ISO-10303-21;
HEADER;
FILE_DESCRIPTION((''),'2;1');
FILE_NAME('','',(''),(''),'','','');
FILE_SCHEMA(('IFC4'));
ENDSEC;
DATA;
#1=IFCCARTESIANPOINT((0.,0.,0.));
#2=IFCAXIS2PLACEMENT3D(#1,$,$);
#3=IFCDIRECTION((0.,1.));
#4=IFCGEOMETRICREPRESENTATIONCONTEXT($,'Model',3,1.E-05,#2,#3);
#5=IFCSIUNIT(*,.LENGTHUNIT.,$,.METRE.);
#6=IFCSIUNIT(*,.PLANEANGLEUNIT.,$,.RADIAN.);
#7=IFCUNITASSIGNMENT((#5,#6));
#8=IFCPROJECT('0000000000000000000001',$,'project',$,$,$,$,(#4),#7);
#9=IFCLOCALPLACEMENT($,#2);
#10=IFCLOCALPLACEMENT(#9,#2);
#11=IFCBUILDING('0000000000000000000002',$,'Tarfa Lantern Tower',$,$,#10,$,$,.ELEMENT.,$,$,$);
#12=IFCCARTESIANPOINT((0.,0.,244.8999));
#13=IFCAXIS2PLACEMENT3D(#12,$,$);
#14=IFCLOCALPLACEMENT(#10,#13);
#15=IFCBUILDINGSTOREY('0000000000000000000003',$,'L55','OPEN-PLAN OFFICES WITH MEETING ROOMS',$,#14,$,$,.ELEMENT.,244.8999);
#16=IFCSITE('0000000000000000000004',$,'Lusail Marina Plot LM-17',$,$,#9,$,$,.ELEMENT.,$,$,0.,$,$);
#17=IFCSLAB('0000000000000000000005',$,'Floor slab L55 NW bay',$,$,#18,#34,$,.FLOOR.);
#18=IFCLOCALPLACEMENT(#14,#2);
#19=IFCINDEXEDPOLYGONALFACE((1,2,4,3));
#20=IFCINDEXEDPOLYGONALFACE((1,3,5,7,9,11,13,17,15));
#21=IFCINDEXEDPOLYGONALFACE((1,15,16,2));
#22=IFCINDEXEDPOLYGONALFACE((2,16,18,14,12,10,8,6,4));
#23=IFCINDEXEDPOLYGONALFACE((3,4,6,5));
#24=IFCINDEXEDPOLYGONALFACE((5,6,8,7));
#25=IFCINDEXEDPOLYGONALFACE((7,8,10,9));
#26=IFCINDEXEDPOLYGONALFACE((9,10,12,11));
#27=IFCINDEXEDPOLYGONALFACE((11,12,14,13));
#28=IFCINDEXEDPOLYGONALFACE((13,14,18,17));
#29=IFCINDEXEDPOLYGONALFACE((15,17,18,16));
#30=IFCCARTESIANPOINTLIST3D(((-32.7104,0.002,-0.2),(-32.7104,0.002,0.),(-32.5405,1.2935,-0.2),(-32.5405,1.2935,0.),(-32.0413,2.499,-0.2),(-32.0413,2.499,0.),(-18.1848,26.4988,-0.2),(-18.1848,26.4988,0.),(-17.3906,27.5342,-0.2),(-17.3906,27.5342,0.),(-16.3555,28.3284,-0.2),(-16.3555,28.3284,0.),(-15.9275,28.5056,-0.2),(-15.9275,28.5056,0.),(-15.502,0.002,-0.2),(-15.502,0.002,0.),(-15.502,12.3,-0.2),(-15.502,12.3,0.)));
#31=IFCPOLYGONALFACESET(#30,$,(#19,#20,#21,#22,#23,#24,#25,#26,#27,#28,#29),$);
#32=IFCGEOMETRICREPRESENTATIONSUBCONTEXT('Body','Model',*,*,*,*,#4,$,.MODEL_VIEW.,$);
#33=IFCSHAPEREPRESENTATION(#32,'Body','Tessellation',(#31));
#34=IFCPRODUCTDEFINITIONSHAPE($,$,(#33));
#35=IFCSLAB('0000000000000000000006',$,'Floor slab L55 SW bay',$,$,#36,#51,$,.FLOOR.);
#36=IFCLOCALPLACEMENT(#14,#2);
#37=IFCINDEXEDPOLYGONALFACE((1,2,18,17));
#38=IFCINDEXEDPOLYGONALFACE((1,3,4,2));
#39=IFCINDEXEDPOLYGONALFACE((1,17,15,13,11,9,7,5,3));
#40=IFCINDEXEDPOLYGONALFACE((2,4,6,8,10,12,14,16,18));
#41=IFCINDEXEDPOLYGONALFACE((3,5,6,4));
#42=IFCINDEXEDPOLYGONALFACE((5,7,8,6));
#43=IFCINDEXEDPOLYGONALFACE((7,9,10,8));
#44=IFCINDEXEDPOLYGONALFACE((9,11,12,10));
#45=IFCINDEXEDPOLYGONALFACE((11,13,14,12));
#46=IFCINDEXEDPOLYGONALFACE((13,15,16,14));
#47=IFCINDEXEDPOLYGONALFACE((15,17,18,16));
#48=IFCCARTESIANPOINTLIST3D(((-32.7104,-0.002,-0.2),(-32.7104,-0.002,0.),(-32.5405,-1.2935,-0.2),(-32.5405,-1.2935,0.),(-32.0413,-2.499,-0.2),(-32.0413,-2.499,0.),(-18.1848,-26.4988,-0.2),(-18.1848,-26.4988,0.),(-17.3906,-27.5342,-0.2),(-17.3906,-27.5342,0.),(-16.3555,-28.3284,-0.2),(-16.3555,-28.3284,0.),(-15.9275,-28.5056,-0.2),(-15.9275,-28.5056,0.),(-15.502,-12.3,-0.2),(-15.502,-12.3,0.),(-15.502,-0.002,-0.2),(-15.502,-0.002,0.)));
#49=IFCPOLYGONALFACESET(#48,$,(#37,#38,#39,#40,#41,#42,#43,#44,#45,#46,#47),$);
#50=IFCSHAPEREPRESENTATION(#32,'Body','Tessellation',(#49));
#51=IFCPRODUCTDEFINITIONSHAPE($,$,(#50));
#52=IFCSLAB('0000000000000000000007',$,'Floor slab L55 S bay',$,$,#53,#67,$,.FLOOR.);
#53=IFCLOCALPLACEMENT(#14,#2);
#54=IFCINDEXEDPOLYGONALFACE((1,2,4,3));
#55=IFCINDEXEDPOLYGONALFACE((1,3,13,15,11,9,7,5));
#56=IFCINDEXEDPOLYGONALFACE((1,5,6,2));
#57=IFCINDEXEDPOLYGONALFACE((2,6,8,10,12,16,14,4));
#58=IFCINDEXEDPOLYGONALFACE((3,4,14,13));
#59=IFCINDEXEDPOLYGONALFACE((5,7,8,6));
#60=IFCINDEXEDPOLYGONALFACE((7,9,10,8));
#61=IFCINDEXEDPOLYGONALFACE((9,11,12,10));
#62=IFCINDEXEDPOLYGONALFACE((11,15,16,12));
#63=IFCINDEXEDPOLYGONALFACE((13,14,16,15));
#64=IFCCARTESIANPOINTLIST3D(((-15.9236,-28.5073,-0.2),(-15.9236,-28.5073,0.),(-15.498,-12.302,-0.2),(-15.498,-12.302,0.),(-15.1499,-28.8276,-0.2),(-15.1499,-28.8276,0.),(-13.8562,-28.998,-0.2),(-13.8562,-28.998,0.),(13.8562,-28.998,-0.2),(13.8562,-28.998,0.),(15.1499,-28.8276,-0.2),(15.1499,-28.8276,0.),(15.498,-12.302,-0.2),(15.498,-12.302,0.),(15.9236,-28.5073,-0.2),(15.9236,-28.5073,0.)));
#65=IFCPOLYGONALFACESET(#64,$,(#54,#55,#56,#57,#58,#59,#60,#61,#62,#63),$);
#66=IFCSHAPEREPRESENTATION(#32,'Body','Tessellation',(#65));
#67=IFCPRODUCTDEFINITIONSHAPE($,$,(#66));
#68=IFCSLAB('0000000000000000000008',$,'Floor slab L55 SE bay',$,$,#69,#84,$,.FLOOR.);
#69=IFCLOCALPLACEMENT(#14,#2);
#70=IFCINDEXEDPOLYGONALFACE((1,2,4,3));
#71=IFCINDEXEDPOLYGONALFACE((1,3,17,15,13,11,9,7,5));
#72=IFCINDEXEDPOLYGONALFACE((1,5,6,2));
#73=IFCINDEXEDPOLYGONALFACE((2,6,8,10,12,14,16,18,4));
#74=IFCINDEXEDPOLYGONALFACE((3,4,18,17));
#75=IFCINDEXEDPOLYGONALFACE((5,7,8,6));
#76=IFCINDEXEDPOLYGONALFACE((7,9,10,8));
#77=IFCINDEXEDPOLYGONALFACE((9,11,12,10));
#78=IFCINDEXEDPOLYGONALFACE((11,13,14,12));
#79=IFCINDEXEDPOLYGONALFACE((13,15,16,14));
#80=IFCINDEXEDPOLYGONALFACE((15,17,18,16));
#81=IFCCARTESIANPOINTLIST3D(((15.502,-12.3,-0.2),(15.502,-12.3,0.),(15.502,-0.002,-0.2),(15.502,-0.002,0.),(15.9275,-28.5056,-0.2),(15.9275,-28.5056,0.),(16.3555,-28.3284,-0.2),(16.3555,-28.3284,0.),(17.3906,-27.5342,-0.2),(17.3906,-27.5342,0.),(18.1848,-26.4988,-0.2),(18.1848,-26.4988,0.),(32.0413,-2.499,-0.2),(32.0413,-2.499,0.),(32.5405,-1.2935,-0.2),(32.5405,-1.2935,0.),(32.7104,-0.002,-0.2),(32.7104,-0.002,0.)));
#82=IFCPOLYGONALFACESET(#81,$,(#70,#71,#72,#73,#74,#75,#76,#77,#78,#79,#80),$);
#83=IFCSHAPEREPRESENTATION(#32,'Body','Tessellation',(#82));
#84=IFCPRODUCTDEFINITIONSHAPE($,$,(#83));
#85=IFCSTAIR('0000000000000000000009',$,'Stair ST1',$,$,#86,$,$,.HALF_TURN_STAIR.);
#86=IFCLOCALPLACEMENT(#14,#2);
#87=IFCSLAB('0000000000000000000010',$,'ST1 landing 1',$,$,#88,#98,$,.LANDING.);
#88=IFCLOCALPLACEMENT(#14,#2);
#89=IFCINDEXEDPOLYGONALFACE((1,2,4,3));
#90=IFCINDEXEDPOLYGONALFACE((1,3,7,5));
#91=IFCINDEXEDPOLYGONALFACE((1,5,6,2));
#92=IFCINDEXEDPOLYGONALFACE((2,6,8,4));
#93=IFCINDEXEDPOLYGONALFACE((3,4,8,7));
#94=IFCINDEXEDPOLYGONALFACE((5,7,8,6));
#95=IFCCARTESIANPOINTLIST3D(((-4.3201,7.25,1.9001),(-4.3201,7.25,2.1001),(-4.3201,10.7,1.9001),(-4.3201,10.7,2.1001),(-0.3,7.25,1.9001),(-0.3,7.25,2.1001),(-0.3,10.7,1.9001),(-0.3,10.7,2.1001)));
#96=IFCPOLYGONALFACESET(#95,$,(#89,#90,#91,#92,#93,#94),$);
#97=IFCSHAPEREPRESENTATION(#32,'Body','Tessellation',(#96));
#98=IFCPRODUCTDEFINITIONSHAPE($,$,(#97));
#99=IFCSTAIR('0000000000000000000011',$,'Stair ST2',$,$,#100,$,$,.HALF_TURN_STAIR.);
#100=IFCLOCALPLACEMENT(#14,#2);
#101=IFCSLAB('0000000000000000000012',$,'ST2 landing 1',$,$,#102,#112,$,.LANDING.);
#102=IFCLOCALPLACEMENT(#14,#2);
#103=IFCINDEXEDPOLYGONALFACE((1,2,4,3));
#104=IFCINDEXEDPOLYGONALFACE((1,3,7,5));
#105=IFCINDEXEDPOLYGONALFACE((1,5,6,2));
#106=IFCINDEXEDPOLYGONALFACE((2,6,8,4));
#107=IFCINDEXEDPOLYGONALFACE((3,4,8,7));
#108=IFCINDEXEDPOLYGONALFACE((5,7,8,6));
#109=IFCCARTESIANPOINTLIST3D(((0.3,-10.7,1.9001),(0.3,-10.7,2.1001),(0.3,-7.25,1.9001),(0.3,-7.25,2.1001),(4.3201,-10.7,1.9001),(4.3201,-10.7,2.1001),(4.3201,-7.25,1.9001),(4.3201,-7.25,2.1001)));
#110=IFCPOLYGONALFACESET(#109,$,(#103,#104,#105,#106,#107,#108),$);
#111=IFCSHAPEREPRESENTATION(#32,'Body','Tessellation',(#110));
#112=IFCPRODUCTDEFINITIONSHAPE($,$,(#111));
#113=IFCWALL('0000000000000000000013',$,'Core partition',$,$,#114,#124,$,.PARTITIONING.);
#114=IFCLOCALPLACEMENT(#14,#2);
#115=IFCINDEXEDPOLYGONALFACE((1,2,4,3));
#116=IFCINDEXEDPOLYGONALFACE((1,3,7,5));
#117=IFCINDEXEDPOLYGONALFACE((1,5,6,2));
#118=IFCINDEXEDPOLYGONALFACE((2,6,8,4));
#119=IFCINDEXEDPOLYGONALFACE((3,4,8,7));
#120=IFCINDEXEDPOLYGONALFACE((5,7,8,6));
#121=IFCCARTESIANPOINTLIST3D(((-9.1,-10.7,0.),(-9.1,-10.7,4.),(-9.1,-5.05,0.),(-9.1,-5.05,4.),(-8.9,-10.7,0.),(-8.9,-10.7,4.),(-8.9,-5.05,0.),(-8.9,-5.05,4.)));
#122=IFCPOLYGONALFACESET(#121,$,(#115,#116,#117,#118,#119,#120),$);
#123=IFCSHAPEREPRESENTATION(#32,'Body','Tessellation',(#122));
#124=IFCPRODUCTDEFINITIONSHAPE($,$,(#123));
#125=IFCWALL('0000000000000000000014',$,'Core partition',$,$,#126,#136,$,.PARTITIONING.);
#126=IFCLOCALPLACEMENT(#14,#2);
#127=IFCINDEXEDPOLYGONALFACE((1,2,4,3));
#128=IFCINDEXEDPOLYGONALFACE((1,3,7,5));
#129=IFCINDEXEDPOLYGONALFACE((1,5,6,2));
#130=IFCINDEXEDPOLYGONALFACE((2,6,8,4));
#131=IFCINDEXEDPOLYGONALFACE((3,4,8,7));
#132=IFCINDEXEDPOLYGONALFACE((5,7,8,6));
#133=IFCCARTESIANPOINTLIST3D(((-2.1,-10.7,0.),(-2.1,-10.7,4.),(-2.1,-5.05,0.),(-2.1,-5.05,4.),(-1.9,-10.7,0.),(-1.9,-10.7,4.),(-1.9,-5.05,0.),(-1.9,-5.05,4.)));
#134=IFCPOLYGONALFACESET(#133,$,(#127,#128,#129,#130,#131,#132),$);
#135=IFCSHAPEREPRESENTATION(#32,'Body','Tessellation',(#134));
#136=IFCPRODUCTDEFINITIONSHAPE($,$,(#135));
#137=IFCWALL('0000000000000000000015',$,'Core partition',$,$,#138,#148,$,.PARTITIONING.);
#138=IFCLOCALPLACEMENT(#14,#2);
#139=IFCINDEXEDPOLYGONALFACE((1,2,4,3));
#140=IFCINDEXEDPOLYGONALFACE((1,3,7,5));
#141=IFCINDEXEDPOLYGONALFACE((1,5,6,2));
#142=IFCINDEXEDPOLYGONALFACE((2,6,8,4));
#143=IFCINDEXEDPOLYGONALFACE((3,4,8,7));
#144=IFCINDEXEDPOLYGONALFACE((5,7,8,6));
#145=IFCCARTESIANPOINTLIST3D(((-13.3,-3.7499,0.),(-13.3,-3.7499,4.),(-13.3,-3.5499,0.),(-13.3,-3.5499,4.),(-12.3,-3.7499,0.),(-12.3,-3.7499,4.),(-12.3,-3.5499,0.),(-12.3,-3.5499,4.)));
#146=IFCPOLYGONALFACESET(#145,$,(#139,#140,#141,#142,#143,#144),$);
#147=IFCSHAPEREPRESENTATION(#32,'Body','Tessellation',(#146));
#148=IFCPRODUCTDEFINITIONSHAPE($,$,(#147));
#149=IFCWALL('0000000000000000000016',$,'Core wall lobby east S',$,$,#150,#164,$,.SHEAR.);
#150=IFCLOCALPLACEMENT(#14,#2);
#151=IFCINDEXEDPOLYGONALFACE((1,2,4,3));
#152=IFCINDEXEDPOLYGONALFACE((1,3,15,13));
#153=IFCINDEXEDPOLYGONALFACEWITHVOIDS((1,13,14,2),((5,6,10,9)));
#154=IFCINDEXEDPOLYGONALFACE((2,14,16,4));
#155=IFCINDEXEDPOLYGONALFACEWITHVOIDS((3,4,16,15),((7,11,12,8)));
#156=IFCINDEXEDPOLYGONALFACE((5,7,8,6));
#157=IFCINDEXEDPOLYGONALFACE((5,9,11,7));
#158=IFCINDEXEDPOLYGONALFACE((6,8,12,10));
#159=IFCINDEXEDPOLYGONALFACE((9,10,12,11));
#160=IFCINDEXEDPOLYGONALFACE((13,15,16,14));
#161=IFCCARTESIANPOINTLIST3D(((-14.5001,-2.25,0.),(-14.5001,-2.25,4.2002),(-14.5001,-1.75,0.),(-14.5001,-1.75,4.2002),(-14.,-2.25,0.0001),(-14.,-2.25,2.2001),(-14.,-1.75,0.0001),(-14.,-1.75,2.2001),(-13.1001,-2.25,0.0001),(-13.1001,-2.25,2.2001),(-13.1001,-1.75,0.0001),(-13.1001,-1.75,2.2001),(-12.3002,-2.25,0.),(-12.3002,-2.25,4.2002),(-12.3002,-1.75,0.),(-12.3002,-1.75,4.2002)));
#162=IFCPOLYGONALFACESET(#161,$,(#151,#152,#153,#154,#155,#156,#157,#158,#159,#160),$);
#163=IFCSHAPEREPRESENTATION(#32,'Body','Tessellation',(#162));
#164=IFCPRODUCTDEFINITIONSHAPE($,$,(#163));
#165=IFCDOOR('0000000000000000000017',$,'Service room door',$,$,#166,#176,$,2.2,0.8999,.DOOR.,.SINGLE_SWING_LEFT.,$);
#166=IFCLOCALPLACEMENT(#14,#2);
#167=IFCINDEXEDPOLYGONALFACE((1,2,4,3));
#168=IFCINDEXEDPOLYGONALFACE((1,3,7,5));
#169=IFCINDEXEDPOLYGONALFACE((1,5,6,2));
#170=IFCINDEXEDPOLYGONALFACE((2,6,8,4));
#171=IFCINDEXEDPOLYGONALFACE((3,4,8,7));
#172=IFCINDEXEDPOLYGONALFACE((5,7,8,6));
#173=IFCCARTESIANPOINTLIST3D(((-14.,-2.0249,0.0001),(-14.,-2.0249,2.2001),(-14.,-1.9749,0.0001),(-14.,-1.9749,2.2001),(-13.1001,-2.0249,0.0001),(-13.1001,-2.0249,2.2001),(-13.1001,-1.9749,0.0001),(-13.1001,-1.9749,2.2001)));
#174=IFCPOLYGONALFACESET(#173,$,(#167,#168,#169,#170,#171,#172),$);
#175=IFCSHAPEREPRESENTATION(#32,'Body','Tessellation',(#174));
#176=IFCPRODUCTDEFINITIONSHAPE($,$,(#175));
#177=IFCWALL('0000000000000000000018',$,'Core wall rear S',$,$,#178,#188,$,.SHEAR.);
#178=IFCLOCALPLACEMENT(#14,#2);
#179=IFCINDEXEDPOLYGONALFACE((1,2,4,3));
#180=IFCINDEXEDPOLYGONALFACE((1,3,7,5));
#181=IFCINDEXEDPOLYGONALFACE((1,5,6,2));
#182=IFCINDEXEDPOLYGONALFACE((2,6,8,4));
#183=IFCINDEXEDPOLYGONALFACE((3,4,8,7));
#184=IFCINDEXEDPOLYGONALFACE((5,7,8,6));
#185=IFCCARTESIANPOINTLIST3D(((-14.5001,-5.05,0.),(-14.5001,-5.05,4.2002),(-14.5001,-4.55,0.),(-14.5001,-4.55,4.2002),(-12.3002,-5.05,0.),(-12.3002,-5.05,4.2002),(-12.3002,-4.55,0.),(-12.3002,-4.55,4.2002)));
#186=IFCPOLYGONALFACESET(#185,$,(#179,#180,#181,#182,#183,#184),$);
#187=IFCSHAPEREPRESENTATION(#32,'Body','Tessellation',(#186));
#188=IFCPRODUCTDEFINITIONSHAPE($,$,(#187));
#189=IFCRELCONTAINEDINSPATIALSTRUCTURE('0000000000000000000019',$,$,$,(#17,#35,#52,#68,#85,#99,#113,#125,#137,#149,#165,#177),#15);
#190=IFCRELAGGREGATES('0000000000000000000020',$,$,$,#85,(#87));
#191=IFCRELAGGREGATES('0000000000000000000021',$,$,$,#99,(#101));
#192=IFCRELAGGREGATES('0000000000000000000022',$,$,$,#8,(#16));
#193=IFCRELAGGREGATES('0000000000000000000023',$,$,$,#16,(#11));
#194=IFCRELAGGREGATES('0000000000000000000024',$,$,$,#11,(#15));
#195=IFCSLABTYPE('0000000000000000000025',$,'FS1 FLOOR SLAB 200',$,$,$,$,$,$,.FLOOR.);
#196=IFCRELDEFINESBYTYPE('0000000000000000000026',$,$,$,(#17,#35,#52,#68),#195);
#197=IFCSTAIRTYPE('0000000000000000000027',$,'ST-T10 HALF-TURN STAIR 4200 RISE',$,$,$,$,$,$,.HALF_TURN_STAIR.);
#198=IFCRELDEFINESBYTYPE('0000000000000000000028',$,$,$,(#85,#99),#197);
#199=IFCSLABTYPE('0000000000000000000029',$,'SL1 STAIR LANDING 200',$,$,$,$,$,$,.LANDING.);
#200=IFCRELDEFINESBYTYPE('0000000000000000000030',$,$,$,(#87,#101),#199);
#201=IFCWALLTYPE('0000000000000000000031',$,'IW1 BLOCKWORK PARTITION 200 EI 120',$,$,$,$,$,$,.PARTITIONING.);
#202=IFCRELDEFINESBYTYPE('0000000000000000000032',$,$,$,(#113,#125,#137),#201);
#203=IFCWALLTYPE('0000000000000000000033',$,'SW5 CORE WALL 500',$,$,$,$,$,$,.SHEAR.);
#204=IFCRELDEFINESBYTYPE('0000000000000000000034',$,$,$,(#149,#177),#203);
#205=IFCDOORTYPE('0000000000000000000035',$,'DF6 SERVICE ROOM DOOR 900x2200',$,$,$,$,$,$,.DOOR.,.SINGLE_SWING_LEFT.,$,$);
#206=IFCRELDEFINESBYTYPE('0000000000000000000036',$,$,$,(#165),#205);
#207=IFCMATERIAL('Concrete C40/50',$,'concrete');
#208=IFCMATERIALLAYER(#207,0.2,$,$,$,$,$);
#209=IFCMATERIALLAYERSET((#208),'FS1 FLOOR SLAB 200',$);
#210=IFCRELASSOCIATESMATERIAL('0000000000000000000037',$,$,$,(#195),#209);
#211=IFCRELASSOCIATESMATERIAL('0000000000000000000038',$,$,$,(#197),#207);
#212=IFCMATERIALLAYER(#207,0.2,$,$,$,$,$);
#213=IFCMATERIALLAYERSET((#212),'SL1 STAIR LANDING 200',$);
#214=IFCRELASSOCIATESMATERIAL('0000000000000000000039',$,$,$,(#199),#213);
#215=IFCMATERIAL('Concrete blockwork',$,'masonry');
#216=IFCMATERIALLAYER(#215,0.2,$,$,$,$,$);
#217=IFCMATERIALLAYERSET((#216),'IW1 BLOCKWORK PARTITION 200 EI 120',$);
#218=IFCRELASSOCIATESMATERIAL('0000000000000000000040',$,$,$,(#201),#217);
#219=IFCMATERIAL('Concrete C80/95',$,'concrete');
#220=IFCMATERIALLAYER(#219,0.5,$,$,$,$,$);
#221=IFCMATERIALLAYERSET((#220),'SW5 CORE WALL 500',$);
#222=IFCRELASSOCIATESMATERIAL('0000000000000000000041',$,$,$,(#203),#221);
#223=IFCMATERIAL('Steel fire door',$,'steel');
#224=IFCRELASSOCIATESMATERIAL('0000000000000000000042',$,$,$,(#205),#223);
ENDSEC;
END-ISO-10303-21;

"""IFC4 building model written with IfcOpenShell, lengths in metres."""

from ifc_helpers import new_model, si_unit, direction, frame, frame_2d, origin, place, context, subcontext, project, spatial, polyline, rectangle, outline, extrude, material, layer, layer_set, type_object, element, fill, aggregate, save


model = new_model("IFC4")

# Units and contexts
model_context = context("Model", 3, precision=1e-05, world=origin(), true_north=direction((0.0, 1.0)))
body_context = subcontext(model_context, "Body", "Model", "MODEL_VIEW")
ifc_project = project(units=[si_unit("LENGTHUNIT", "METRE"), si_unit("PLANEANGLEUNIT", "RADIAN")], contexts=[model_context])

# Site, building, storey
site_placement = place(None, origin())
site = spatial("IfcSite", under=ifc_project, at=site_placement, Name="Lusail Marina Plot LM-17", CompositionType="ELEMENT", RefElevation=0.0)
building_placement = place(site_placement, origin())
building = spatial("IfcBuilding", under=site, at=building_placement, Name="Tarfa Lantern Tower", CompositionType="ELEMENT")
storey_placement = place(building_placement, frame((0.0, 0.0, 244.8999)))
storey = spatial("IfcBuildingStorey", under=building, at=storey_placement, Name="L55", Description="OPEN-PLAN OFFICES WITH MEETING ROOMS", CompositionType="ELEMENT", Elevation=244.8999)

# Slabs
ifc_material_1 = material(Name="Concrete C40/50", Category="concrete")
ifc_layer_1 = layer(ifc_material_1, 0.2)
ifc_layer_set_1 = layer_set([ifc_layer_1], Name="FS1 FLOOR SLAB 200")
slab_type_1 = type_object("IfcSlabType", Name="FS1 FLOOR SLAB 200", PredefinedType="FLOOR", material=ifc_layer_set_1)
slab_1_placement = place(storey_placement, frame((0.0, 0.0, -0.2)))
element("IfcSlab", 1, at=slab_1_placement, inside=storey, type_object=slab_type_1, Name="Floor slab L55 NW bay", PredefinedType="FLOOR", context=body_context, shape_type="SweptSolid", body=[
    extrude(outline(polyline([(-15.502, 0.002), (-15.502, 12.3), (-15.9275, 28.5056), (-16.3555, 28.3284), (-17.3906, 27.5342), (-18.1848, 26.4988), (-32.0413, 2.499), (-32.5405, 1.2935), (-32.7104, 0.002), (-15.502, 0.002)])), origin(), (0.0, 0.0, 1.0), 0.2),
])
slab_2_placement = place(storey_placement, frame((0.0, 0.0, -0.2)))
element("IfcSlab", 2, at=slab_2_placement, inside=storey, type_object=slab_type_1, Name="Floor slab L55 SW bay", PredefinedType="FLOOR", context=body_context, shape_type="SweptSolid", body=[
    extrude(outline(polyline([(-15.502, -12.3), (-15.502, -0.002), (-32.7104, -0.002), (-32.5405, -1.2935), (-32.0413, -2.499), (-18.1848, -26.4988), (-17.3906, -27.5342), (-16.3555, -28.3284), (-15.9275, -28.5056), (-15.502, -12.3)])), origin(), (0.0, 0.0, 1.0), 0.2),
])
slab_3_placement = place(storey_placement, frame((0.0, 0.0, -0.2)))
element("IfcSlab", 3, at=slab_3_placement, inside=storey, type_object=slab_type_1, Name="Floor slab L55 S bay", PredefinedType="FLOOR", context=body_context, shape_type="SweptSolid", body=[
    extrude(outline(polyline([(15.498, -12.302), (-15.498, -12.302), (-15.9236, -28.5073), (-15.1499, -28.8276), (-13.8562, -28.998), (13.8562, -28.998), (15.1499, -28.8276), (15.9236, -28.5073), (15.498, -12.302)])), origin(), (0.0, 0.0, 1.0), 0.2),
])
slab_4_placement = place(storey_placement, frame((0.0, 0.0, -0.2)))
element("IfcSlab", 4, at=slab_4_placement, inside=storey, type_object=slab_type_1, Name="Floor slab L55 SE bay", PredefinedType="FLOOR", context=body_context, shape_type="SweptSolid", body=[
    extrude(outline(polyline([(15.502, -0.002), (15.502, -12.3), (15.9275, -28.5056), (16.3555, -28.3284), (17.3906, -27.5342), (18.1848, -26.4988), (32.0413, -2.499), (32.5405, -1.2935), (32.7104, -0.002), (15.502, -0.002)])), origin(), (0.0, 0.0, 1.0), 0.2),
])

# Stairs, slabs
stair_type = type_object("IfcStairType", Name="ST-T10 HALF-TURN STAIR 4200 RISE", PredefinedType="HALF_TURN_STAIR", material=ifc_material_1)
stair_1_placement = place(storey_placement, origin())
stair_1 = element("IfcStair", 5, at=stair_1_placement, inside=storey, type_object=stair_type, Name="Stair ST1", PredefinedType="HALF_TURN_STAIR")
ifc_layer_2 = layer(ifc_material_1, 0.2)
ifc_layer_set_2 = layer_set([ifc_layer_2], Name="SL1 STAIR LANDING 200")
slab_type_2 = type_object("IfcSlabType", Name="SL1 STAIR LANDING 200", PredefinedType="LANDING", material=ifc_layer_set_2)
slab_5_placement = place(storey_placement, frame((0.0, 0.0, 1.9001)))
slab_5 = element("IfcSlab", 6, at=slab_5_placement, type_object=slab_type_2, Name="ST1 landing 1", PredefinedType="LANDING", context=body_context, shape_type="SweptSolid", body=[
    extrude(outline(polyline([(-4.3201, 7.25), (-0.3, 7.25), (-0.3, 10.7), (-4.3201, 10.7), (-4.3201, 7.25)])), origin(), (0.0, 0.0, 1.0), 0.2),
])
aggregate(stair_1, [slab_5])
stair_2_placement = place(storey_placement, origin())
stair_2 = element("IfcStair", 7, at=stair_2_placement, inside=storey, type_object=stair_type, Name="Stair ST2", PredefinedType="HALF_TURN_STAIR")
slab_6_placement = place(storey_placement, frame((0.0, 0.0, 1.9001)))
slab_6 = element("IfcSlab", 8, at=slab_6_placement, type_object=slab_type_2, Name="ST2 landing 1", PredefinedType="LANDING", context=body_context, shape_type="SweptSolid", body=[
    extrude(outline(polyline([(4.3201, -7.25), (0.3, -7.25), (0.3, -10.7), (4.3201, -10.7), (4.3201, -7.25)])), origin(), (0.0, 0.0, 1.0), 0.2),
])
aggregate(stair_2, [slab_6])

# Walls
ifc_material_2 = material(Name="Concrete blockwork", Category="masonry")
ifc_layer_3 = layer(ifc_material_2, 0.2)
ifc_layer_set_3 = layer_set([ifc_layer_3], Name="IW1 BLOCKWORK PARTITION 200 EI 120")
wall_type_1 = type_object("IfcWallType", Name="IW1 BLOCKWORK PARTITION 200 EI 120", PredefinedType="PARTITIONING", material=ifc_layer_set_3)
for number, where, z_axis, x_axis, name in (
    (9, (-9.0, -5.05, 0.0), (0.0, 0.0, 1.0), (0.0, -1.0, 0.0), "Core partition"),
    (10, (-2.0, -5.05, 0.0), (0.0, 0.0, 1.0), (0.0, -1.0, 0.0), "Core partition"),
):
    element("IfcWall", number, at=place(storey_placement, frame(where, z_axis=z_axis, x_axis=x_axis)), inside=storey, type_object=wall_type_1, Name=name, PredefinedType="PARTITIONING", context=body_context, shape_type="SweptSolid", body=[
        extrude(rectangle(XDim=5.6499, YDim=0.2, at=frame_2d((2.825, 0.0))), origin(), (0.0, 0.0, 1.0), 4.0),
    ])
wall_1_placement = place(storey_placement, frame((-12.3, -3.6499, 0.0), z_axis=(0.0, 0.0, 1.0), x_axis=(-1.0, 0.0, 0.0)))
element("IfcWall", 11, at=wall_1_placement, inside=storey, type_object=wall_type_1, Name="Core partition", PredefinedType="PARTITIONING", context=body_context, shape_type="SweptSolid", body=[
    extrude(rectangle(XDim=1.0, YDim=0.2, at=frame_2d((0.5, 0.0))), origin(), (0.0, 0.0, 1.0), 4.0),
])

# Wall, opening, door
ifc_material_3 = material(Name="Concrete C80/95", Category="concrete")
ifc_layer_4 = layer(ifc_material_3, 0.5)
ifc_layer_set_4 = layer_set([ifc_layer_4], Name="SW5 CORE WALL 500")
wall_type_2 = type_object("IfcWallType", Name="SW5 CORE WALL 500", PredefinedType="SHEAR", material=ifc_layer_set_4)
wall_2_placement = place(storey_placement, frame((-12.3, -2.0, 0.0), z_axis=(0.0, 0.0, 1.0), x_axis=(-1.0, 0.0, 0.0)))
wall_2 = element("IfcWall", 12, at=wall_2_placement, inside=storey, type_object=wall_type_2, Name="Core wall lobby east S", PredefinedType="SHEAR", context=body_context, shape_type="SweptSolid", body=[
    extrude(rectangle(XDim=2.2, YDim=0.5, at=frame_2d((1.1001, 0.0))), origin(), (0.0, 0.0, 1.0), 4.2002),
])
opening_1_placement = place(wall_2_placement, frame((0.8, 0.0, 0.0)))
opening_1 = element("IfcOpeningElement", 13, at=opening_1_placement, cuts=wall_2, PredefinedType="OPENING", context=body_context, shape_type="SweptSolid", body=[
    extrude(rectangle(XDim=0.8999, YDim=2.2, at=frame_2d((0.45, 1.1001))), frame((0.0, 0.26, 0.0), z_axis=(0.0, -1.0, 0.0), x_axis=(1.0, 0.0, 0.0)), (0.0, 0.0, 1.0), 0.52),
])
ifc_material_4 = material(Name="Steel fire door", Category="steel")
door_type_1 = type_object("IfcDoorType", Name="DF6 SERVICE ROOM DOOR 900x2200", OperationType="SINGLE_SWING_LEFT", PredefinedType="DOOR", material=ifc_material_4)
door_1_placement = place(opening_1_placement, origin())
door_1 = element("IfcDoor", 14, at=door_1_placement, inside=storey, type_object=door_type_1, Name="Service room door", OperationType="SINGLE_SWING_LEFT", OverallHeight=2.2, OverallWidth=0.8999, PredefinedType="DOOR", context=body_context, shape_type="SweptSolid", body=[
    extrude(rectangle(XDim=0.8999, YDim=2.2, at=frame_2d((0.45, 1.1001))), frame((0.0, 0.0249, 0.0), z_axis=(0.0, -1.0, 0.0), x_axis=(1.0, 0.0, 0.0)), (0.0, 0.0, 1.0), 0.05),
])
fill(opening_1, door_1)

# Wall
wall_3_placement = place(storey_placement, frame((-12.3, -4.8, 0.0), z_axis=(0.0, 0.0, 1.0), x_axis=(-1.0, 0.0, 0.0)))
element("IfcWall", 15, at=wall_3_placement, inside=storey, type_object=wall_type_2, Name="Core wall rear S", PredefinedType="SHEAR", context=body_context, shape_type="SweptSolid", body=[
    extrude(rectangle(XDim=2.2, YDim=0.5, at=frame_2d((1.1001, 0.0))), origin(), (0.0, 0.0, 1.0), 4.2002),
])

save(model, "model.ifc")
